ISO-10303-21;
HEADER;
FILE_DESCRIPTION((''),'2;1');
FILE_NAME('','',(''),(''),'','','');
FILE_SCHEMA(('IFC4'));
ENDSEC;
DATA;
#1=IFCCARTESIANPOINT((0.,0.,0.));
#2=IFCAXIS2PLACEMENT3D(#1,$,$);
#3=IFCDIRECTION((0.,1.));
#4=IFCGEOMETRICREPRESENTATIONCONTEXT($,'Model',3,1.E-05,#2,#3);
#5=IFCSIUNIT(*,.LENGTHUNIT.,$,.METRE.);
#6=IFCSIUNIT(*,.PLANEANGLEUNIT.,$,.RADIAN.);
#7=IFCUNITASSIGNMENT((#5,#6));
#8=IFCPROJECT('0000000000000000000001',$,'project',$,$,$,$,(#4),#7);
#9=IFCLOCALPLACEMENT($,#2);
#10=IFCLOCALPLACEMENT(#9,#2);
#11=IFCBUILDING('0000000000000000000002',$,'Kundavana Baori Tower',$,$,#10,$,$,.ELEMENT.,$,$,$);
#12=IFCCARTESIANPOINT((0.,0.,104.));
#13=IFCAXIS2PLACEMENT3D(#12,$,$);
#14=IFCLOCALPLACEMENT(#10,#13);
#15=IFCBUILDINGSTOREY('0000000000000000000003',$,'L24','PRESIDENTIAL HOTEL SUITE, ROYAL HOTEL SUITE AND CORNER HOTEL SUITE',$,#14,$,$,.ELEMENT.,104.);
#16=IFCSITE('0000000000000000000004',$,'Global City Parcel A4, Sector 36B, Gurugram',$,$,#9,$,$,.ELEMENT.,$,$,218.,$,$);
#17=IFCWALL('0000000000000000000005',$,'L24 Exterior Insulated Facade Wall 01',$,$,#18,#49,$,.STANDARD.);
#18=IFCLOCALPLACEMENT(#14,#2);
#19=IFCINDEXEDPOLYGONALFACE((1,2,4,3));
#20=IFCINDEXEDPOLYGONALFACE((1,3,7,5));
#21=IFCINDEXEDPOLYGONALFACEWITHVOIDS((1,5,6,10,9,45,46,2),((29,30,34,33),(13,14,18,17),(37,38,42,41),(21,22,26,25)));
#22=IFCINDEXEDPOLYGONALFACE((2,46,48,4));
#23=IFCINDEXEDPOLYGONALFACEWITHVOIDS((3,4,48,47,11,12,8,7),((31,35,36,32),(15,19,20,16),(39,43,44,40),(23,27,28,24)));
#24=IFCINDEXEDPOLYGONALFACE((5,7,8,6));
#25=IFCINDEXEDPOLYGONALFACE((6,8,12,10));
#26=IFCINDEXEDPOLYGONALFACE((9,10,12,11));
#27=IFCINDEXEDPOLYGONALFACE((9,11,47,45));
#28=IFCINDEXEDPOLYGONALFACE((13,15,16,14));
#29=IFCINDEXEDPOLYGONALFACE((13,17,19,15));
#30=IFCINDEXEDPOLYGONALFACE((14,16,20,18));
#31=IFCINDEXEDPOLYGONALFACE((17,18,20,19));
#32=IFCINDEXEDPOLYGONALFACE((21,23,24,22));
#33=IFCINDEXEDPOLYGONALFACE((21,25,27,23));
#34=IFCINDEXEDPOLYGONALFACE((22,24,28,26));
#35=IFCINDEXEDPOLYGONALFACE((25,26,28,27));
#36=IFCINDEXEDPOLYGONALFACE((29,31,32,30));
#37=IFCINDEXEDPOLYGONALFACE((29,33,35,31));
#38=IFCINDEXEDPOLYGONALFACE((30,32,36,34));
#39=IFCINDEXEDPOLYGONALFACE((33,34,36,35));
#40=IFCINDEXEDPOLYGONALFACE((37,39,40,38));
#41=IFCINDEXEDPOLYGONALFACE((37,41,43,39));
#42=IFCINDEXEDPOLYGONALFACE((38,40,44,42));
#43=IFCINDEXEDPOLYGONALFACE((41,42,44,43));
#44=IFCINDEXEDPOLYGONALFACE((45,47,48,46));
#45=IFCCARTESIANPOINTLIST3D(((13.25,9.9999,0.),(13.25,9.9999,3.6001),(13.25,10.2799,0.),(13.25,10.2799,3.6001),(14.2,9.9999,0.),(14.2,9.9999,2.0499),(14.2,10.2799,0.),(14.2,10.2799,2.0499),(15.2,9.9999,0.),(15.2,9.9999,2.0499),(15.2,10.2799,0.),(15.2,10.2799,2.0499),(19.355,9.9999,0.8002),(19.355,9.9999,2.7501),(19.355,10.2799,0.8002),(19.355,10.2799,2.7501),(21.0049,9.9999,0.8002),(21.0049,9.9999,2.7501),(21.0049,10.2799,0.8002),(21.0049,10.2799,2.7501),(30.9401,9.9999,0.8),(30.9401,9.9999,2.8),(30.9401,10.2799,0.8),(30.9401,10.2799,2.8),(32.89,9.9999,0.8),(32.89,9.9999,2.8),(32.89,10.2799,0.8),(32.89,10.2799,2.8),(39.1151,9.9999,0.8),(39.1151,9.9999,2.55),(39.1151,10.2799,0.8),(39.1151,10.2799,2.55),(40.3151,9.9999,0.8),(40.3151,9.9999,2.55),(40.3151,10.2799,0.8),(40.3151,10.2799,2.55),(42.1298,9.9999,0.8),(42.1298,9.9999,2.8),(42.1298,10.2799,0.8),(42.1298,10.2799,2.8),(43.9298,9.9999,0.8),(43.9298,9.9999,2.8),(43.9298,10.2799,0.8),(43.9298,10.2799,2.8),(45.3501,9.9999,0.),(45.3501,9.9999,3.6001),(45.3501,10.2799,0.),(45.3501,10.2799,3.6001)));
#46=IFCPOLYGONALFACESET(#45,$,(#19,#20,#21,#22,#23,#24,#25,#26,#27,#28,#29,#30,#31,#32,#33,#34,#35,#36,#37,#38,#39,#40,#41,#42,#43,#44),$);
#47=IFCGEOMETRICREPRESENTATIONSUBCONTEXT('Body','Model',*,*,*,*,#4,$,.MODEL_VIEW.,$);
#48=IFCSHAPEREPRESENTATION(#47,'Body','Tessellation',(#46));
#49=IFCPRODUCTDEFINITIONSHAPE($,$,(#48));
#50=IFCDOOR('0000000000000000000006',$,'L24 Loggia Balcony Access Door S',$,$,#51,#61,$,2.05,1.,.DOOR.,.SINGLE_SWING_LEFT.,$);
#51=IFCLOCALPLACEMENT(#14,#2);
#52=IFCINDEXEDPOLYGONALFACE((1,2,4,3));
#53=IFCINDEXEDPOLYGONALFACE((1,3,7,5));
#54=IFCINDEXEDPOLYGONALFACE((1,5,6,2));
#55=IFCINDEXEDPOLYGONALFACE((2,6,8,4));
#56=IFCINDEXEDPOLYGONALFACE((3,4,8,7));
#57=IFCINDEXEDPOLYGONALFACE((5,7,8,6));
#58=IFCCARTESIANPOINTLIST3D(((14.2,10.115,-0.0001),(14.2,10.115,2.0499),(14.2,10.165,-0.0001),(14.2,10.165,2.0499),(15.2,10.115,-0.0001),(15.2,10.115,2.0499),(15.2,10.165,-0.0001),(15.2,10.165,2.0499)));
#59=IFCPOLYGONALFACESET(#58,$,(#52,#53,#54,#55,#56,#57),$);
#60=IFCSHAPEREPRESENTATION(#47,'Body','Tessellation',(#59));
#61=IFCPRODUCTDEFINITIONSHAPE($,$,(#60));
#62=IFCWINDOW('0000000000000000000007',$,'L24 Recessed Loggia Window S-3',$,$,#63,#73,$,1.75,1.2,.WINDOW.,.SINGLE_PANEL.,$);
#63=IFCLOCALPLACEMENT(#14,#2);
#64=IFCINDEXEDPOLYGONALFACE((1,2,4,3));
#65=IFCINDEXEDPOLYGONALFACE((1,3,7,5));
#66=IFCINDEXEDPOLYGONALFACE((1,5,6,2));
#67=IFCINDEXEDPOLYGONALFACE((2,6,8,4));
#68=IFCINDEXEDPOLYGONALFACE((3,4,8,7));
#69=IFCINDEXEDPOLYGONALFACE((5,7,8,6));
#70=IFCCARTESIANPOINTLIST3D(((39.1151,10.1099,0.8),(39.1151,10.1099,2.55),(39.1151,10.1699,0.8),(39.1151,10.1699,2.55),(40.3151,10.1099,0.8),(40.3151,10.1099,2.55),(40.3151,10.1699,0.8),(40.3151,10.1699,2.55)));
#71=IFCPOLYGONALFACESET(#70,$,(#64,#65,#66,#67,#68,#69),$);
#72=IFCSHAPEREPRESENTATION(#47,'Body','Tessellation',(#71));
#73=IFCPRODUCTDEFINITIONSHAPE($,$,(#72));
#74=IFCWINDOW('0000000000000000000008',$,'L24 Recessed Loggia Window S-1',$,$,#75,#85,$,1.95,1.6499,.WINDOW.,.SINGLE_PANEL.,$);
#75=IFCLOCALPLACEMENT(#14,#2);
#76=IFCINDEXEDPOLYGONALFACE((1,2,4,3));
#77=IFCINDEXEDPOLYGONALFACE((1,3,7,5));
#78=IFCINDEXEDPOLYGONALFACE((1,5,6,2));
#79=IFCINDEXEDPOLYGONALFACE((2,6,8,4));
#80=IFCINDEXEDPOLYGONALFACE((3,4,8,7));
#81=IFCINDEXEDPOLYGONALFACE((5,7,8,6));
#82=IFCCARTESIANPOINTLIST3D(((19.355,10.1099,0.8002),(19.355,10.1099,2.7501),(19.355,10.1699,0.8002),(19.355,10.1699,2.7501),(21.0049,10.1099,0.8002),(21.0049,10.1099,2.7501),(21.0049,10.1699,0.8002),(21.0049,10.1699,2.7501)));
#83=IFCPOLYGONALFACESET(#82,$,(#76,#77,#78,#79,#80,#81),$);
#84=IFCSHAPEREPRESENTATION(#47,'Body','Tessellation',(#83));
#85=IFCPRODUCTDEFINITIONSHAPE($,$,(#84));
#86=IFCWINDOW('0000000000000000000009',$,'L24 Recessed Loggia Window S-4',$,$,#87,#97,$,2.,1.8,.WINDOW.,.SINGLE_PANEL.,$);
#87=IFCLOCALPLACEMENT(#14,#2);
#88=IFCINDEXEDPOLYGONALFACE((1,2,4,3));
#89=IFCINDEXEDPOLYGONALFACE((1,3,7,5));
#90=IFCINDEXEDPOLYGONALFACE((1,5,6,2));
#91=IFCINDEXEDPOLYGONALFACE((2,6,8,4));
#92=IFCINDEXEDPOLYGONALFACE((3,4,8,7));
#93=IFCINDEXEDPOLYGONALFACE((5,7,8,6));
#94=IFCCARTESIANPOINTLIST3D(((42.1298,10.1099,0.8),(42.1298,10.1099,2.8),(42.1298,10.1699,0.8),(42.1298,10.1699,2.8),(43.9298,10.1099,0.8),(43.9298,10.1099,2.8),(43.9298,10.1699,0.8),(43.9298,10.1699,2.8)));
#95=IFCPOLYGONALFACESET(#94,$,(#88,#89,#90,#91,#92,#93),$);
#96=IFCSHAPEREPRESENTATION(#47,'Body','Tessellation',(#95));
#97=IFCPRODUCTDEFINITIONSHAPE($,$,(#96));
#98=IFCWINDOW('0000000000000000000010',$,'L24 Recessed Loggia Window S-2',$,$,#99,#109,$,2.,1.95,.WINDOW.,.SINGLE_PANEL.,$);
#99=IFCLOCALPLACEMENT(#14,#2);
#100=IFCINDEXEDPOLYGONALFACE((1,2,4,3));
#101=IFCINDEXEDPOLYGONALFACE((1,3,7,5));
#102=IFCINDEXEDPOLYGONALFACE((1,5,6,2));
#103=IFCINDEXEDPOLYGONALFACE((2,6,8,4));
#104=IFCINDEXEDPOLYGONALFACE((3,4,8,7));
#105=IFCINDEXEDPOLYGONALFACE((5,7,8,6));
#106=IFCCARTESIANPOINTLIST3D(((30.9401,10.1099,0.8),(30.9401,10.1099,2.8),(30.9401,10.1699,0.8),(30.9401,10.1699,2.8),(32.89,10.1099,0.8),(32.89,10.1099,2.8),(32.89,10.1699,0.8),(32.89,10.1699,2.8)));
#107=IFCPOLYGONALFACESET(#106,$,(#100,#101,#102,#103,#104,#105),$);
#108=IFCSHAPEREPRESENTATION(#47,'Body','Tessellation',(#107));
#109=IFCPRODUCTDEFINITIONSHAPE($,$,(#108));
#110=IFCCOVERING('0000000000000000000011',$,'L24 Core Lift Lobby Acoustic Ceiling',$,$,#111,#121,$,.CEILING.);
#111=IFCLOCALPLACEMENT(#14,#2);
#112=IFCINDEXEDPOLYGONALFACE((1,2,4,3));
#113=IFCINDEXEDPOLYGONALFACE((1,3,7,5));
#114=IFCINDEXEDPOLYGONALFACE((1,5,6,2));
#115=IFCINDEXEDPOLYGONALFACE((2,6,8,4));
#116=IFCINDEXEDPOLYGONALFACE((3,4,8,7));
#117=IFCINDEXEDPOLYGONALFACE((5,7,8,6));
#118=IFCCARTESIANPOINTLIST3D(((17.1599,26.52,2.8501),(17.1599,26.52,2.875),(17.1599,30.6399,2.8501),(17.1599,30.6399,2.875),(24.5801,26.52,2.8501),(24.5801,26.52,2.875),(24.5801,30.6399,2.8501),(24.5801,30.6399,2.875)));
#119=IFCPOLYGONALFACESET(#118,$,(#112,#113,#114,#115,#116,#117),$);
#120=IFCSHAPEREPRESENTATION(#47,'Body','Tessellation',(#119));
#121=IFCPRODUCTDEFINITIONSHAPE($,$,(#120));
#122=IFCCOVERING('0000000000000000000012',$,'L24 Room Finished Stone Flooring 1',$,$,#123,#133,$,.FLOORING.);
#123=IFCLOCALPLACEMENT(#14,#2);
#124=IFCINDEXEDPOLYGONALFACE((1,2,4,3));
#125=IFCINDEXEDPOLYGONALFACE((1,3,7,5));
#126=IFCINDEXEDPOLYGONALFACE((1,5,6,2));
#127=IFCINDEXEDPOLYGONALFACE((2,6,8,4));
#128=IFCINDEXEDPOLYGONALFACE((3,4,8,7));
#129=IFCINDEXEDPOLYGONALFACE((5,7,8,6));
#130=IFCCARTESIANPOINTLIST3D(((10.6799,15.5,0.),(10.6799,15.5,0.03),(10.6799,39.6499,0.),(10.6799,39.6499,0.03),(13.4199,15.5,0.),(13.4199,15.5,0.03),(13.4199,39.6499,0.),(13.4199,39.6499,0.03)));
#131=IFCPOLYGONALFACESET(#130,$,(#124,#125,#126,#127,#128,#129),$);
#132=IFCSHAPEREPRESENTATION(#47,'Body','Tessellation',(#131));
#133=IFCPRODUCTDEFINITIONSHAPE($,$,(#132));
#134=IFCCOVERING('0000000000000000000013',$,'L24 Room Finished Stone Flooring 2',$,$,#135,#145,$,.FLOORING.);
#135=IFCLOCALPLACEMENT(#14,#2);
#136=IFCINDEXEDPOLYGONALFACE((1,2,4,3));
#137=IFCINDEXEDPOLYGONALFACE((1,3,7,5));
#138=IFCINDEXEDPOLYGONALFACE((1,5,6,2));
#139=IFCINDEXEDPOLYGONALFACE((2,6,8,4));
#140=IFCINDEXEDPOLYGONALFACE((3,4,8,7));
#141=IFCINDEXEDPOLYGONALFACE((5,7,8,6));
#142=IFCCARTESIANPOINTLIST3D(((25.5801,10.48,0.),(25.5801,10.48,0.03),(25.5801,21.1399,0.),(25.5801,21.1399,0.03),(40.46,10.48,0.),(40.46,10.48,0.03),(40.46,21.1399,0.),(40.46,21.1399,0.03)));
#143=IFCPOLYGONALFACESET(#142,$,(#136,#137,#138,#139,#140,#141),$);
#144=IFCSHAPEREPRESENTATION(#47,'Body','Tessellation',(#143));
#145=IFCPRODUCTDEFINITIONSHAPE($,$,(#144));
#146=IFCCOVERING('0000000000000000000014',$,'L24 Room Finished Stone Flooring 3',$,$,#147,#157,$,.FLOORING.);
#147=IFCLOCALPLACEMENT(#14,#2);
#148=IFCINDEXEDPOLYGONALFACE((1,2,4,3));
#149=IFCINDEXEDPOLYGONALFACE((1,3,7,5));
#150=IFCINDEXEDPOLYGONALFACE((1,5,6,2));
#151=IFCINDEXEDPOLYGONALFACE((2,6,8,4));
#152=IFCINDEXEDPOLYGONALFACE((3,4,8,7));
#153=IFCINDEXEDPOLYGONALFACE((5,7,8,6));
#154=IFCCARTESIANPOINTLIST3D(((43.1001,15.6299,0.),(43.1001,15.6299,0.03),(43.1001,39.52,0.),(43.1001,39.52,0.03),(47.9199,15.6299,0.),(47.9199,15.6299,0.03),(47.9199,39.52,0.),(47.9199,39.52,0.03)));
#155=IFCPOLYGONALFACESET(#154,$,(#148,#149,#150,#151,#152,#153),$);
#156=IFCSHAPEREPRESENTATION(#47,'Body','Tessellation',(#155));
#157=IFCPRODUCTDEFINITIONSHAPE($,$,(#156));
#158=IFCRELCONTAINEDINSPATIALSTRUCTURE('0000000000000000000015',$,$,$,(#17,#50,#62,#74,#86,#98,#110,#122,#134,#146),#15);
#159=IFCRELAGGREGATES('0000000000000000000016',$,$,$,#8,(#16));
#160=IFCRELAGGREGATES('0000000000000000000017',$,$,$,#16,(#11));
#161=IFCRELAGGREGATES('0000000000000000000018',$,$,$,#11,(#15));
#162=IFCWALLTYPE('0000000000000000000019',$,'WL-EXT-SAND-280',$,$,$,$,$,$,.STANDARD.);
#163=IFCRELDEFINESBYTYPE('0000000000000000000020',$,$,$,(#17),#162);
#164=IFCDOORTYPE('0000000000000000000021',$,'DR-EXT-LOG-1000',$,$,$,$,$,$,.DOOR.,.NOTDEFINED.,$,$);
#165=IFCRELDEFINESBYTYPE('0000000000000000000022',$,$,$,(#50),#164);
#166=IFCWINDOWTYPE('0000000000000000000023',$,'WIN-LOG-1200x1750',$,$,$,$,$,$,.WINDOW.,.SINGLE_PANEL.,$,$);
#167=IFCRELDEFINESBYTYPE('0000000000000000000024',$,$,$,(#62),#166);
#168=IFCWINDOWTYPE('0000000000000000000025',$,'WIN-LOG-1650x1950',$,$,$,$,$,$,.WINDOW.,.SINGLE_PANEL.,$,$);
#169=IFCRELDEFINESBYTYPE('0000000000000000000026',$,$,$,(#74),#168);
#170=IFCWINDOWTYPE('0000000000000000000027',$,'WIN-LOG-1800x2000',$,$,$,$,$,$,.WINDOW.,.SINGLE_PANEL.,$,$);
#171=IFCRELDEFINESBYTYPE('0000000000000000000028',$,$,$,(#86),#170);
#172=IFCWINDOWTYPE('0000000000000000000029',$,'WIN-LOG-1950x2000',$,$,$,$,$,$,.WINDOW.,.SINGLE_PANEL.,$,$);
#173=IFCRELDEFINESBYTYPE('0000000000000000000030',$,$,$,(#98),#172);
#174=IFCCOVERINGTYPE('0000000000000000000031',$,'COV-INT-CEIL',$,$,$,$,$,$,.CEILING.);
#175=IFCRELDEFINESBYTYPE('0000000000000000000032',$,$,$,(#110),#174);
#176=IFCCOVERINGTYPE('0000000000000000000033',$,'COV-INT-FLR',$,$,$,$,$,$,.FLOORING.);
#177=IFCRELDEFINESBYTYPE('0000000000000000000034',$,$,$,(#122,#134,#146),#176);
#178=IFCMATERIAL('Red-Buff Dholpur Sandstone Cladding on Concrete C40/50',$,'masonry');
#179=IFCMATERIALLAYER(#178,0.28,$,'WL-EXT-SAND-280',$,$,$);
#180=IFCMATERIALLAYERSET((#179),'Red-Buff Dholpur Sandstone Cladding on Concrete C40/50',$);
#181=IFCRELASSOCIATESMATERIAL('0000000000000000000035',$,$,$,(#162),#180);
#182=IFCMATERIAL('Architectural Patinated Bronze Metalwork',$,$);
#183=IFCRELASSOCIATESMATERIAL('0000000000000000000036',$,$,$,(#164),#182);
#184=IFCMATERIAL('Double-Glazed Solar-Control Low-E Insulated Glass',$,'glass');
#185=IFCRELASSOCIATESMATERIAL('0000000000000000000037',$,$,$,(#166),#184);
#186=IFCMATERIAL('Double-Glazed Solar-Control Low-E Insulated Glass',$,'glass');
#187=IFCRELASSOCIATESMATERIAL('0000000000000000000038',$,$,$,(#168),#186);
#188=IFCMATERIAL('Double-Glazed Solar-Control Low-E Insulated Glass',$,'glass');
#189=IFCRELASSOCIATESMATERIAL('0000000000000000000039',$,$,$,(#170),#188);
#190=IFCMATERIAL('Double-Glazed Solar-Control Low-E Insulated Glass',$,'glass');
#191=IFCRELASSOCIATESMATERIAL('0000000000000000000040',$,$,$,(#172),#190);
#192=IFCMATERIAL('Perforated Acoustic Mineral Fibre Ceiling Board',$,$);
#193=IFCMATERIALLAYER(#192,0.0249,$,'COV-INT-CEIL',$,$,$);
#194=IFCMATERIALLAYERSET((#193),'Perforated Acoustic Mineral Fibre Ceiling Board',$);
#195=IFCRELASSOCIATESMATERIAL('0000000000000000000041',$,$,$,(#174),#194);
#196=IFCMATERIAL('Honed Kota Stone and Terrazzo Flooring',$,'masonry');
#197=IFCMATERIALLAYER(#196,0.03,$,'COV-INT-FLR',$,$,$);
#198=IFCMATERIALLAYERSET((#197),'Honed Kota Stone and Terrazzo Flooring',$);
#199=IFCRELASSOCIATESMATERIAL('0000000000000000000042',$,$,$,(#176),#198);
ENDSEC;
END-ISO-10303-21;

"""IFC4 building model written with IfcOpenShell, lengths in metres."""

from ifc_helpers import new_model, si_unit, direction, frame, frame_2d, origin, place, context, subcontext, project, spatial, polyline, rectangle, outline, extrude, material, layer, layer_set, type_object, element, fill, save


model = new_model("IFC4")

# Units and contexts
model_context = context("Model", 3, precision=1e-05, world=origin(), true_north=direction((0.0, 1.0)))
body_context = subcontext(model_context, "Body", "Model", "MODEL_VIEW")
ifc_project = project(units=[si_unit("LENGTHUNIT", "METRE"), si_unit("PLANEANGLEUNIT", "RADIAN")], contexts=[model_context])

# Site, building, storey
site_placement = place(None, origin())
site = spatial("IfcSite", under=ifc_project, at=site_placement, Name="Global City Parcel A4, Sector 36B, Gurugram", CompositionType="ELEMENT", RefElevation=218.0)
building_placement = place(site_placement, origin())
building = spatial("IfcBuilding", under=site, at=building_placement, Name="Kundavana Baori Tower", CompositionType="ELEMENT")
storey_placement = place(building_placement, frame((0.0, 0.0, 104.0)))
storey = spatial("IfcBuildingStorey", under=building, at=storey_placement, Name="L24", Description="PRESIDENTIAL HOTEL SUITE, ROYAL HOTEL SUITE AND CORNER HOTEL SUITE", CompositionType="ELEMENT", Elevation=104.0)

# Wall, openings, door, windows
ifc_material_1 = material(Name="Red-Buff Dholpur Sandstone Cladding on Concrete C40/50", Category="masonry")
ifc_layer_1 = layer(ifc_material_1, 0.28, Name="WL-EXT-SAND-280")
ifc_layer_set_1 = layer_set([ifc_layer_1], Name="Red-Buff Dholpur Sandstone Cladding on Concrete C40/50")
wall_type = type_object("IfcWallType", Name="WL-EXT-SAND-280", PredefinedType="STANDARD", material=ifc_layer_set_1)
wall_placement = place(storey_placement, frame((13.25, 10.1399, 0.0), z_axis=(0.0, 0.0, 1.0), x_axis=(1.0, 0.0, 0.0)))
wall = element("IfcWall", 1, at=wall_placement, inside=storey, type_object=wall_type, Name="L24 Exterior Insulated Facade Wall 01", PredefinedType="STANDARD", context=body_context, shape_type="SweptSolid", body=[
    extrude(rectangle(XDim=32.1001, YDim=0.28, at=frame_2d((16.05, 0.0))), origin(), (0.0, 0.0, 1.0), 3.6001),
])
opening_1_placement = place(wall_placement, frame((0.95, 0.0, 0.0)))
opening_1 = element("IfcOpeningElement", 2, at=opening_1_placement, cuts=wall, PredefinedType="OPENING", context=body_context, shape_type="SweptSolid", body=[
    extrude(rectangle(XDim=1.0, YDim=2.05, at=frame_2d((0.5, 1.0249))), frame((0.0, 0.1499, 0.0), z_axis=(0.0, -1.0, 0.0), x_axis=(1.0, 0.0, 0.0)), (0.0, 0.0, 1.0), 0.3),
])
opening_2_placement = place(wall_placement, frame((6.105, 0.0, 0.8)))
opening_2 = element("IfcOpeningElement", 3, at=opening_2_placement, cuts=wall, PredefinedType="OPENING", context=body_context, shape_type="SweptSolid", body=[
    extrude(rectangle(XDim=1.6499, YDim=1.95, at=frame_2d((0.825, 0.9751))), frame((0.0, 0.1499, 0.0), z_axis=(0.0, -1.0, 0.0), x_axis=(1.0, 0.0, 0.0)), (0.0, 0.0, 1.0), 0.3),
])
opening_3_placement = place(wall_placement, frame((17.6899, 0.0, 0.8)))
opening_3 = element("IfcOpeningElement", 4, at=opening_3_placement, cuts=wall, PredefinedType="OPENING", context=body_context, shape_type="SweptSolid", body=[
    extrude(rectangle(XDim=1.95, YDim=2.0, at=frame_2d((0.9751, 1.0))), frame((0.0, 0.1499, 0.0), z_axis=(0.0, -1.0, 0.0), x_axis=(1.0, 0.0, 0.0)), (0.0, 0.0, 1.0), 0.3),
])
opening_4_placement = place(wall_placement, frame((25.865, 0.0, 0.8)))
opening_4 = element("IfcOpeningElement", 5, at=opening_4_placement, cuts=wall, PredefinedType="OPENING", context=body_context, shape_type="SweptSolid", body=[
    extrude(rectangle(XDim=1.2, YDim=1.75, at=frame_2d((0.6001, 0.875))), frame((0.0, 0.1499, 0.0), z_axis=(0.0, -1.0, 0.0), x_axis=(1.0, 0.0, 0.0)), (0.0, 0.0, 1.0), 0.3),
])
opening_5_placement = place(wall_placement, frame((28.8799, 0.0, 0.8)))
opening_5 = element("IfcOpeningElement", 6, at=opening_5_placement, cuts=wall, PredefinedType="OPENING", context=body_context, shape_type="SweptSolid", body=[
    extrude(rectangle(XDim=1.8, YDim=2.0, at=frame_2d((0.8999, 1.0))), frame((0.0, 0.1499, 0.0), z_axis=(0.0, -1.0, 0.0), x_axis=(1.0, 0.0, 0.0)), (0.0, 0.0, 1.0), 0.3),
])
ifc_material_2 = material(Name="Architectural Patinated Bronze Metalwork")
door_type = type_object("IfcDoorType", Name="DR-EXT-LOG-1000", OperationType="NOTDEFINED", PredefinedType="DOOR", material=ifc_material_2)
door_placement = place(opening_1_placement, frame((1.0, 0.0, 0.0), z_axis=(0.0, 0.0, 1.0), x_axis=(-1.0, 0.0, 0.0)))
door = element("IfcDoor", 7, at=door_placement, inside=storey, type_object=door_type, Name="L24 Loggia Balcony Access Door S", OperationType="SINGLE_SWING_LEFT", OverallHeight=2.05, OverallWidth=1.0, PredefinedType="DOOR", context=body_context, shape_type="SweptSolid", body=[
    extrude(rectangle(XDim=1.0, YDim=2.05, at=frame_2d((0.5, 1.0249))), frame((0.0, 0.0249, 0.0), z_axis=(0.0, -1.0, 0.0), x_axis=(1.0, 0.0, 0.0)), (0.0, 0.0, 1.0), 0.05),
])
fill(opening_1, door)
ifc_material_3 = material(Name="Double-Glazed Solar-Control Low-E Insulated Glass", Category="glass")
window_type_1 = type_object("IfcWindowType", Name="WIN-LOG-1200x1750", PartitioningType="SINGLE_PANEL", PredefinedType="WINDOW", material=ifc_material_3)
window_1_placement = place(opening_4_placement, origin())
window_1 = element("IfcWindow", 8, at=window_1_placement, inside=storey, type_object=window_type_1, Name="L24 Recessed Loggia Window S-3", OverallHeight=1.75, OverallWidth=1.2, PartitioningType="SINGLE_PANEL", PredefinedType="WINDOW", context=body_context, shape_type="SweptSolid", body=[
    extrude(rectangle(XDim=1.2, YDim=1.75, at=frame_2d((0.6001, 0.875))), frame((0.0, 0.03, 0.0), z_axis=(0.0, -1.0, 0.0), x_axis=(1.0, 0.0, 0.0)), (0.0, 0.0, 1.0), 0.0601),
])
fill(opening_4, window_1)
ifc_material_4 = material(Name="Double-Glazed Solar-Control Low-E Insulated Glass", Category="glass")
window_type_2 = type_object("IfcWindowType", Name="WIN-LOG-1650x1950", PartitioningType="SINGLE_PANEL", PredefinedType="WINDOW", material=ifc_material_4)
window_2_placement = place(opening_2_placement, origin())
window_2 = element("IfcWindow", 9, at=window_2_placement, inside=storey, type_object=window_type_2, Name="L24 Recessed Loggia Window S-1", OverallHeight=1.95, OverallWidth=1.6499, PartitioningType="SINGLE_PANEL", PredefinedType="WINDOW", context=body_context, shape_type="SweptSolid", body=[
    extrude(rectangle(XDim=1.6499, YDim=1.95, at=frame_2d((0.825, 0.9751))), frame((0.0, 0.03, 0.0), z_axis=(0.0, -1.0, 0.0), x_axis=(1.0, 0.0, 0.0)), (0.0, 0.0, 1.0), 0.0601),
])
fill(opening_2, window_2)
ifc_material_5 = material(Name="Double-Glazed Solar-Control Low-E Insulated Glass", Category="glass")
window_type_3 = type_object("IfcWindowType", Name="WIN-LOG-1800x2000", PartitioningType="SINGLE_PANEL", PredefinedType="WINDOW", material=ifc_material_5)
window_3_placement = place(opening_5_placement, origin())
window_3 = element("IfcWindow", 10, at=window_3_placement, inside=storey, type_object=window_type_3, Name="L24 Recessed Loggia Window S-4", OverallHeight=2.0, OverallWidth=1.8, PartitioningType="SINGLE_PANEL", PredefinedType="WINDOW", context=body_context, shape_type="SweptSolid", body=[
    extrude(rectangle(XDim=1.8, YDim=2.0, at=frame_2d((0.8999, 1.0))), frame((0.0, 0.03, 0.0), z_axis=(0.0, -1.0, 0.0), x_axis=(1.0, 0.0, 0.0)), (0.0, 0.0, 1.0), 0.0601),
])
fill(opening_5, window_3)
ifc_material_6 = material(Name="Double-Glazed Solar-Control Low-E Insulated Glass", Category="glass")
window_type_4 = type_object("IfcWindowType", Name="WIN-LOG-1950x2000", PartitioningType="SINGLE_PANEL", PredefinedType="WINDOW", material=ifc_material_6)
window_4_placement = place(opening_3_placement, origin())
window_4 = element("IfcWindow", 11, at=window_4_placement, inside=storey, type_object=window_type_4, Name="L24 Recessed Loggia Window S-2", OverallHeight=2.0, OverallWidth=1.95, PartitioningType="SINGLE_PANEL", PredefinedType="WINDOW", context=body_context, shape_type="SweptSolid", body=[
    extrude(rectangle(XDim=1.95, YDim=2.0, at=frame_2d((0.9751, 1.0))), frame((0.0, 0.03, 0.0), z_axis=(0.0, -1.0, 0.0), x_axis=(1.0, 0.0, 0.0)), (0.0, 0.0, 1.0), 0.0601),
])
fill(opening_3, window_4)

# Coverings
ifc_material_7 = material(Name="Perforated Acoustic Mineral Fibre Ceiling Board")
ifc_layer_2 = layer(ifc_material_7, 0.0249, Name="COV-INT-CEIL")
ifc_layer_set_2 = layer_set([ifc_layer_2], Name="Perforated Acoustic Mineral Fibre Ceiling Board")
covering_type_1 = type_object("IfcCoveringType", Name="COV-INT-CEIL", PredefinedType="CEILING", material=ifc_layer_set_2)
covering_1_placement = place(storey_placement, frame((0.0, 0.0, 2.8501)))
element("IfcCovering", 12, at=covering_1_placement, inside=storey, type_object=covering_type_1, Name="L24 Core Lift Lobby Acoustic Ceiling", PredefinedType="CEILING", context=body_context, shape_type="SweptSolid", body=[
    extrude(outline(polyline([(17.1599, 26.52), (24.5801, 26.52), (24.5801, 30.6399), (17.1599, 30.6399), (17.1599, 26.52)])), origin(), (0.0, 0.0, 1.0), 0.0249),
])
ifc_material_8 = material(Name="Honed Kota Stone and Terrazzo Flooring", Category="masonry")
ifc_layer_3 = layer(ifc_material_8, 0.03, Name="COV-INT-FLR")
ifc_layer_set_3 = layer_set([ifc_layer_3], Name="Honed Kota Stone and Terrazzo Flooring")
covering_type_2 = type_object("IfcCoveringType", Name="COV-INT-FLR", PredefinedType="FLOORING", material=ifc_layer_set_3)
covering_2_placement = place(storey_placement, origin())
element("IfcCovering", 13, at=covering_2_placement, inside=storey, type_object=covering_type_2, Name="L24 Room Finished Stone Flooring 1", PredefinedType="FLOORING", context=body_context, shape_type="SweptSolid", body=[
    extrude(outline(polyline([(10.6799, 15.5), (13.4199, 15.5), (13.4199, 39.6499), (10.6799, 39.6499), (10.6799, 15.5)])), origin(), (0.0, 0.0, 1.0), 0.03),
])
covering_3_placement = place(storey_placement, origin())
element("IfcCovering", 14, at=covering_3_placement, inside=storey, type_object=covering_type_2, Name="L24 Room Finished Stone Flooring 2", PredefinedType="FLOORING", context=body_context, shape_type="SweptSolid", body=[
    extrude(outline(polyline([(25.5801, 10.48), (40.46, 10.48), (40.46, 21.1399), (25.5801, 21.1399), (25.5801, 10.48)])), origin(), (0.0, 0.0, 1.0), 0.03),
])
covering_4_placement = place(storey_placement, origin())
element("IfcCovering", 15, at=covering_4_placement, inside=storey, type_object=covering_type_2, Name="L24 Room Finished Stone Flooring 3", PredefinedType="FLOORING", context=body_context, shape_type="SweptSolid", body=[
    extrude(outline(polyline([(43.1001, 15.6299), (47.9199, 15.6299), (47.9199, 39.52), (43.1001, 39.52), (43.1001, 15.6299)])), origin(), (0.0, 0.0, 1.0), 0.03),
])

save(model, "model.ifc")
